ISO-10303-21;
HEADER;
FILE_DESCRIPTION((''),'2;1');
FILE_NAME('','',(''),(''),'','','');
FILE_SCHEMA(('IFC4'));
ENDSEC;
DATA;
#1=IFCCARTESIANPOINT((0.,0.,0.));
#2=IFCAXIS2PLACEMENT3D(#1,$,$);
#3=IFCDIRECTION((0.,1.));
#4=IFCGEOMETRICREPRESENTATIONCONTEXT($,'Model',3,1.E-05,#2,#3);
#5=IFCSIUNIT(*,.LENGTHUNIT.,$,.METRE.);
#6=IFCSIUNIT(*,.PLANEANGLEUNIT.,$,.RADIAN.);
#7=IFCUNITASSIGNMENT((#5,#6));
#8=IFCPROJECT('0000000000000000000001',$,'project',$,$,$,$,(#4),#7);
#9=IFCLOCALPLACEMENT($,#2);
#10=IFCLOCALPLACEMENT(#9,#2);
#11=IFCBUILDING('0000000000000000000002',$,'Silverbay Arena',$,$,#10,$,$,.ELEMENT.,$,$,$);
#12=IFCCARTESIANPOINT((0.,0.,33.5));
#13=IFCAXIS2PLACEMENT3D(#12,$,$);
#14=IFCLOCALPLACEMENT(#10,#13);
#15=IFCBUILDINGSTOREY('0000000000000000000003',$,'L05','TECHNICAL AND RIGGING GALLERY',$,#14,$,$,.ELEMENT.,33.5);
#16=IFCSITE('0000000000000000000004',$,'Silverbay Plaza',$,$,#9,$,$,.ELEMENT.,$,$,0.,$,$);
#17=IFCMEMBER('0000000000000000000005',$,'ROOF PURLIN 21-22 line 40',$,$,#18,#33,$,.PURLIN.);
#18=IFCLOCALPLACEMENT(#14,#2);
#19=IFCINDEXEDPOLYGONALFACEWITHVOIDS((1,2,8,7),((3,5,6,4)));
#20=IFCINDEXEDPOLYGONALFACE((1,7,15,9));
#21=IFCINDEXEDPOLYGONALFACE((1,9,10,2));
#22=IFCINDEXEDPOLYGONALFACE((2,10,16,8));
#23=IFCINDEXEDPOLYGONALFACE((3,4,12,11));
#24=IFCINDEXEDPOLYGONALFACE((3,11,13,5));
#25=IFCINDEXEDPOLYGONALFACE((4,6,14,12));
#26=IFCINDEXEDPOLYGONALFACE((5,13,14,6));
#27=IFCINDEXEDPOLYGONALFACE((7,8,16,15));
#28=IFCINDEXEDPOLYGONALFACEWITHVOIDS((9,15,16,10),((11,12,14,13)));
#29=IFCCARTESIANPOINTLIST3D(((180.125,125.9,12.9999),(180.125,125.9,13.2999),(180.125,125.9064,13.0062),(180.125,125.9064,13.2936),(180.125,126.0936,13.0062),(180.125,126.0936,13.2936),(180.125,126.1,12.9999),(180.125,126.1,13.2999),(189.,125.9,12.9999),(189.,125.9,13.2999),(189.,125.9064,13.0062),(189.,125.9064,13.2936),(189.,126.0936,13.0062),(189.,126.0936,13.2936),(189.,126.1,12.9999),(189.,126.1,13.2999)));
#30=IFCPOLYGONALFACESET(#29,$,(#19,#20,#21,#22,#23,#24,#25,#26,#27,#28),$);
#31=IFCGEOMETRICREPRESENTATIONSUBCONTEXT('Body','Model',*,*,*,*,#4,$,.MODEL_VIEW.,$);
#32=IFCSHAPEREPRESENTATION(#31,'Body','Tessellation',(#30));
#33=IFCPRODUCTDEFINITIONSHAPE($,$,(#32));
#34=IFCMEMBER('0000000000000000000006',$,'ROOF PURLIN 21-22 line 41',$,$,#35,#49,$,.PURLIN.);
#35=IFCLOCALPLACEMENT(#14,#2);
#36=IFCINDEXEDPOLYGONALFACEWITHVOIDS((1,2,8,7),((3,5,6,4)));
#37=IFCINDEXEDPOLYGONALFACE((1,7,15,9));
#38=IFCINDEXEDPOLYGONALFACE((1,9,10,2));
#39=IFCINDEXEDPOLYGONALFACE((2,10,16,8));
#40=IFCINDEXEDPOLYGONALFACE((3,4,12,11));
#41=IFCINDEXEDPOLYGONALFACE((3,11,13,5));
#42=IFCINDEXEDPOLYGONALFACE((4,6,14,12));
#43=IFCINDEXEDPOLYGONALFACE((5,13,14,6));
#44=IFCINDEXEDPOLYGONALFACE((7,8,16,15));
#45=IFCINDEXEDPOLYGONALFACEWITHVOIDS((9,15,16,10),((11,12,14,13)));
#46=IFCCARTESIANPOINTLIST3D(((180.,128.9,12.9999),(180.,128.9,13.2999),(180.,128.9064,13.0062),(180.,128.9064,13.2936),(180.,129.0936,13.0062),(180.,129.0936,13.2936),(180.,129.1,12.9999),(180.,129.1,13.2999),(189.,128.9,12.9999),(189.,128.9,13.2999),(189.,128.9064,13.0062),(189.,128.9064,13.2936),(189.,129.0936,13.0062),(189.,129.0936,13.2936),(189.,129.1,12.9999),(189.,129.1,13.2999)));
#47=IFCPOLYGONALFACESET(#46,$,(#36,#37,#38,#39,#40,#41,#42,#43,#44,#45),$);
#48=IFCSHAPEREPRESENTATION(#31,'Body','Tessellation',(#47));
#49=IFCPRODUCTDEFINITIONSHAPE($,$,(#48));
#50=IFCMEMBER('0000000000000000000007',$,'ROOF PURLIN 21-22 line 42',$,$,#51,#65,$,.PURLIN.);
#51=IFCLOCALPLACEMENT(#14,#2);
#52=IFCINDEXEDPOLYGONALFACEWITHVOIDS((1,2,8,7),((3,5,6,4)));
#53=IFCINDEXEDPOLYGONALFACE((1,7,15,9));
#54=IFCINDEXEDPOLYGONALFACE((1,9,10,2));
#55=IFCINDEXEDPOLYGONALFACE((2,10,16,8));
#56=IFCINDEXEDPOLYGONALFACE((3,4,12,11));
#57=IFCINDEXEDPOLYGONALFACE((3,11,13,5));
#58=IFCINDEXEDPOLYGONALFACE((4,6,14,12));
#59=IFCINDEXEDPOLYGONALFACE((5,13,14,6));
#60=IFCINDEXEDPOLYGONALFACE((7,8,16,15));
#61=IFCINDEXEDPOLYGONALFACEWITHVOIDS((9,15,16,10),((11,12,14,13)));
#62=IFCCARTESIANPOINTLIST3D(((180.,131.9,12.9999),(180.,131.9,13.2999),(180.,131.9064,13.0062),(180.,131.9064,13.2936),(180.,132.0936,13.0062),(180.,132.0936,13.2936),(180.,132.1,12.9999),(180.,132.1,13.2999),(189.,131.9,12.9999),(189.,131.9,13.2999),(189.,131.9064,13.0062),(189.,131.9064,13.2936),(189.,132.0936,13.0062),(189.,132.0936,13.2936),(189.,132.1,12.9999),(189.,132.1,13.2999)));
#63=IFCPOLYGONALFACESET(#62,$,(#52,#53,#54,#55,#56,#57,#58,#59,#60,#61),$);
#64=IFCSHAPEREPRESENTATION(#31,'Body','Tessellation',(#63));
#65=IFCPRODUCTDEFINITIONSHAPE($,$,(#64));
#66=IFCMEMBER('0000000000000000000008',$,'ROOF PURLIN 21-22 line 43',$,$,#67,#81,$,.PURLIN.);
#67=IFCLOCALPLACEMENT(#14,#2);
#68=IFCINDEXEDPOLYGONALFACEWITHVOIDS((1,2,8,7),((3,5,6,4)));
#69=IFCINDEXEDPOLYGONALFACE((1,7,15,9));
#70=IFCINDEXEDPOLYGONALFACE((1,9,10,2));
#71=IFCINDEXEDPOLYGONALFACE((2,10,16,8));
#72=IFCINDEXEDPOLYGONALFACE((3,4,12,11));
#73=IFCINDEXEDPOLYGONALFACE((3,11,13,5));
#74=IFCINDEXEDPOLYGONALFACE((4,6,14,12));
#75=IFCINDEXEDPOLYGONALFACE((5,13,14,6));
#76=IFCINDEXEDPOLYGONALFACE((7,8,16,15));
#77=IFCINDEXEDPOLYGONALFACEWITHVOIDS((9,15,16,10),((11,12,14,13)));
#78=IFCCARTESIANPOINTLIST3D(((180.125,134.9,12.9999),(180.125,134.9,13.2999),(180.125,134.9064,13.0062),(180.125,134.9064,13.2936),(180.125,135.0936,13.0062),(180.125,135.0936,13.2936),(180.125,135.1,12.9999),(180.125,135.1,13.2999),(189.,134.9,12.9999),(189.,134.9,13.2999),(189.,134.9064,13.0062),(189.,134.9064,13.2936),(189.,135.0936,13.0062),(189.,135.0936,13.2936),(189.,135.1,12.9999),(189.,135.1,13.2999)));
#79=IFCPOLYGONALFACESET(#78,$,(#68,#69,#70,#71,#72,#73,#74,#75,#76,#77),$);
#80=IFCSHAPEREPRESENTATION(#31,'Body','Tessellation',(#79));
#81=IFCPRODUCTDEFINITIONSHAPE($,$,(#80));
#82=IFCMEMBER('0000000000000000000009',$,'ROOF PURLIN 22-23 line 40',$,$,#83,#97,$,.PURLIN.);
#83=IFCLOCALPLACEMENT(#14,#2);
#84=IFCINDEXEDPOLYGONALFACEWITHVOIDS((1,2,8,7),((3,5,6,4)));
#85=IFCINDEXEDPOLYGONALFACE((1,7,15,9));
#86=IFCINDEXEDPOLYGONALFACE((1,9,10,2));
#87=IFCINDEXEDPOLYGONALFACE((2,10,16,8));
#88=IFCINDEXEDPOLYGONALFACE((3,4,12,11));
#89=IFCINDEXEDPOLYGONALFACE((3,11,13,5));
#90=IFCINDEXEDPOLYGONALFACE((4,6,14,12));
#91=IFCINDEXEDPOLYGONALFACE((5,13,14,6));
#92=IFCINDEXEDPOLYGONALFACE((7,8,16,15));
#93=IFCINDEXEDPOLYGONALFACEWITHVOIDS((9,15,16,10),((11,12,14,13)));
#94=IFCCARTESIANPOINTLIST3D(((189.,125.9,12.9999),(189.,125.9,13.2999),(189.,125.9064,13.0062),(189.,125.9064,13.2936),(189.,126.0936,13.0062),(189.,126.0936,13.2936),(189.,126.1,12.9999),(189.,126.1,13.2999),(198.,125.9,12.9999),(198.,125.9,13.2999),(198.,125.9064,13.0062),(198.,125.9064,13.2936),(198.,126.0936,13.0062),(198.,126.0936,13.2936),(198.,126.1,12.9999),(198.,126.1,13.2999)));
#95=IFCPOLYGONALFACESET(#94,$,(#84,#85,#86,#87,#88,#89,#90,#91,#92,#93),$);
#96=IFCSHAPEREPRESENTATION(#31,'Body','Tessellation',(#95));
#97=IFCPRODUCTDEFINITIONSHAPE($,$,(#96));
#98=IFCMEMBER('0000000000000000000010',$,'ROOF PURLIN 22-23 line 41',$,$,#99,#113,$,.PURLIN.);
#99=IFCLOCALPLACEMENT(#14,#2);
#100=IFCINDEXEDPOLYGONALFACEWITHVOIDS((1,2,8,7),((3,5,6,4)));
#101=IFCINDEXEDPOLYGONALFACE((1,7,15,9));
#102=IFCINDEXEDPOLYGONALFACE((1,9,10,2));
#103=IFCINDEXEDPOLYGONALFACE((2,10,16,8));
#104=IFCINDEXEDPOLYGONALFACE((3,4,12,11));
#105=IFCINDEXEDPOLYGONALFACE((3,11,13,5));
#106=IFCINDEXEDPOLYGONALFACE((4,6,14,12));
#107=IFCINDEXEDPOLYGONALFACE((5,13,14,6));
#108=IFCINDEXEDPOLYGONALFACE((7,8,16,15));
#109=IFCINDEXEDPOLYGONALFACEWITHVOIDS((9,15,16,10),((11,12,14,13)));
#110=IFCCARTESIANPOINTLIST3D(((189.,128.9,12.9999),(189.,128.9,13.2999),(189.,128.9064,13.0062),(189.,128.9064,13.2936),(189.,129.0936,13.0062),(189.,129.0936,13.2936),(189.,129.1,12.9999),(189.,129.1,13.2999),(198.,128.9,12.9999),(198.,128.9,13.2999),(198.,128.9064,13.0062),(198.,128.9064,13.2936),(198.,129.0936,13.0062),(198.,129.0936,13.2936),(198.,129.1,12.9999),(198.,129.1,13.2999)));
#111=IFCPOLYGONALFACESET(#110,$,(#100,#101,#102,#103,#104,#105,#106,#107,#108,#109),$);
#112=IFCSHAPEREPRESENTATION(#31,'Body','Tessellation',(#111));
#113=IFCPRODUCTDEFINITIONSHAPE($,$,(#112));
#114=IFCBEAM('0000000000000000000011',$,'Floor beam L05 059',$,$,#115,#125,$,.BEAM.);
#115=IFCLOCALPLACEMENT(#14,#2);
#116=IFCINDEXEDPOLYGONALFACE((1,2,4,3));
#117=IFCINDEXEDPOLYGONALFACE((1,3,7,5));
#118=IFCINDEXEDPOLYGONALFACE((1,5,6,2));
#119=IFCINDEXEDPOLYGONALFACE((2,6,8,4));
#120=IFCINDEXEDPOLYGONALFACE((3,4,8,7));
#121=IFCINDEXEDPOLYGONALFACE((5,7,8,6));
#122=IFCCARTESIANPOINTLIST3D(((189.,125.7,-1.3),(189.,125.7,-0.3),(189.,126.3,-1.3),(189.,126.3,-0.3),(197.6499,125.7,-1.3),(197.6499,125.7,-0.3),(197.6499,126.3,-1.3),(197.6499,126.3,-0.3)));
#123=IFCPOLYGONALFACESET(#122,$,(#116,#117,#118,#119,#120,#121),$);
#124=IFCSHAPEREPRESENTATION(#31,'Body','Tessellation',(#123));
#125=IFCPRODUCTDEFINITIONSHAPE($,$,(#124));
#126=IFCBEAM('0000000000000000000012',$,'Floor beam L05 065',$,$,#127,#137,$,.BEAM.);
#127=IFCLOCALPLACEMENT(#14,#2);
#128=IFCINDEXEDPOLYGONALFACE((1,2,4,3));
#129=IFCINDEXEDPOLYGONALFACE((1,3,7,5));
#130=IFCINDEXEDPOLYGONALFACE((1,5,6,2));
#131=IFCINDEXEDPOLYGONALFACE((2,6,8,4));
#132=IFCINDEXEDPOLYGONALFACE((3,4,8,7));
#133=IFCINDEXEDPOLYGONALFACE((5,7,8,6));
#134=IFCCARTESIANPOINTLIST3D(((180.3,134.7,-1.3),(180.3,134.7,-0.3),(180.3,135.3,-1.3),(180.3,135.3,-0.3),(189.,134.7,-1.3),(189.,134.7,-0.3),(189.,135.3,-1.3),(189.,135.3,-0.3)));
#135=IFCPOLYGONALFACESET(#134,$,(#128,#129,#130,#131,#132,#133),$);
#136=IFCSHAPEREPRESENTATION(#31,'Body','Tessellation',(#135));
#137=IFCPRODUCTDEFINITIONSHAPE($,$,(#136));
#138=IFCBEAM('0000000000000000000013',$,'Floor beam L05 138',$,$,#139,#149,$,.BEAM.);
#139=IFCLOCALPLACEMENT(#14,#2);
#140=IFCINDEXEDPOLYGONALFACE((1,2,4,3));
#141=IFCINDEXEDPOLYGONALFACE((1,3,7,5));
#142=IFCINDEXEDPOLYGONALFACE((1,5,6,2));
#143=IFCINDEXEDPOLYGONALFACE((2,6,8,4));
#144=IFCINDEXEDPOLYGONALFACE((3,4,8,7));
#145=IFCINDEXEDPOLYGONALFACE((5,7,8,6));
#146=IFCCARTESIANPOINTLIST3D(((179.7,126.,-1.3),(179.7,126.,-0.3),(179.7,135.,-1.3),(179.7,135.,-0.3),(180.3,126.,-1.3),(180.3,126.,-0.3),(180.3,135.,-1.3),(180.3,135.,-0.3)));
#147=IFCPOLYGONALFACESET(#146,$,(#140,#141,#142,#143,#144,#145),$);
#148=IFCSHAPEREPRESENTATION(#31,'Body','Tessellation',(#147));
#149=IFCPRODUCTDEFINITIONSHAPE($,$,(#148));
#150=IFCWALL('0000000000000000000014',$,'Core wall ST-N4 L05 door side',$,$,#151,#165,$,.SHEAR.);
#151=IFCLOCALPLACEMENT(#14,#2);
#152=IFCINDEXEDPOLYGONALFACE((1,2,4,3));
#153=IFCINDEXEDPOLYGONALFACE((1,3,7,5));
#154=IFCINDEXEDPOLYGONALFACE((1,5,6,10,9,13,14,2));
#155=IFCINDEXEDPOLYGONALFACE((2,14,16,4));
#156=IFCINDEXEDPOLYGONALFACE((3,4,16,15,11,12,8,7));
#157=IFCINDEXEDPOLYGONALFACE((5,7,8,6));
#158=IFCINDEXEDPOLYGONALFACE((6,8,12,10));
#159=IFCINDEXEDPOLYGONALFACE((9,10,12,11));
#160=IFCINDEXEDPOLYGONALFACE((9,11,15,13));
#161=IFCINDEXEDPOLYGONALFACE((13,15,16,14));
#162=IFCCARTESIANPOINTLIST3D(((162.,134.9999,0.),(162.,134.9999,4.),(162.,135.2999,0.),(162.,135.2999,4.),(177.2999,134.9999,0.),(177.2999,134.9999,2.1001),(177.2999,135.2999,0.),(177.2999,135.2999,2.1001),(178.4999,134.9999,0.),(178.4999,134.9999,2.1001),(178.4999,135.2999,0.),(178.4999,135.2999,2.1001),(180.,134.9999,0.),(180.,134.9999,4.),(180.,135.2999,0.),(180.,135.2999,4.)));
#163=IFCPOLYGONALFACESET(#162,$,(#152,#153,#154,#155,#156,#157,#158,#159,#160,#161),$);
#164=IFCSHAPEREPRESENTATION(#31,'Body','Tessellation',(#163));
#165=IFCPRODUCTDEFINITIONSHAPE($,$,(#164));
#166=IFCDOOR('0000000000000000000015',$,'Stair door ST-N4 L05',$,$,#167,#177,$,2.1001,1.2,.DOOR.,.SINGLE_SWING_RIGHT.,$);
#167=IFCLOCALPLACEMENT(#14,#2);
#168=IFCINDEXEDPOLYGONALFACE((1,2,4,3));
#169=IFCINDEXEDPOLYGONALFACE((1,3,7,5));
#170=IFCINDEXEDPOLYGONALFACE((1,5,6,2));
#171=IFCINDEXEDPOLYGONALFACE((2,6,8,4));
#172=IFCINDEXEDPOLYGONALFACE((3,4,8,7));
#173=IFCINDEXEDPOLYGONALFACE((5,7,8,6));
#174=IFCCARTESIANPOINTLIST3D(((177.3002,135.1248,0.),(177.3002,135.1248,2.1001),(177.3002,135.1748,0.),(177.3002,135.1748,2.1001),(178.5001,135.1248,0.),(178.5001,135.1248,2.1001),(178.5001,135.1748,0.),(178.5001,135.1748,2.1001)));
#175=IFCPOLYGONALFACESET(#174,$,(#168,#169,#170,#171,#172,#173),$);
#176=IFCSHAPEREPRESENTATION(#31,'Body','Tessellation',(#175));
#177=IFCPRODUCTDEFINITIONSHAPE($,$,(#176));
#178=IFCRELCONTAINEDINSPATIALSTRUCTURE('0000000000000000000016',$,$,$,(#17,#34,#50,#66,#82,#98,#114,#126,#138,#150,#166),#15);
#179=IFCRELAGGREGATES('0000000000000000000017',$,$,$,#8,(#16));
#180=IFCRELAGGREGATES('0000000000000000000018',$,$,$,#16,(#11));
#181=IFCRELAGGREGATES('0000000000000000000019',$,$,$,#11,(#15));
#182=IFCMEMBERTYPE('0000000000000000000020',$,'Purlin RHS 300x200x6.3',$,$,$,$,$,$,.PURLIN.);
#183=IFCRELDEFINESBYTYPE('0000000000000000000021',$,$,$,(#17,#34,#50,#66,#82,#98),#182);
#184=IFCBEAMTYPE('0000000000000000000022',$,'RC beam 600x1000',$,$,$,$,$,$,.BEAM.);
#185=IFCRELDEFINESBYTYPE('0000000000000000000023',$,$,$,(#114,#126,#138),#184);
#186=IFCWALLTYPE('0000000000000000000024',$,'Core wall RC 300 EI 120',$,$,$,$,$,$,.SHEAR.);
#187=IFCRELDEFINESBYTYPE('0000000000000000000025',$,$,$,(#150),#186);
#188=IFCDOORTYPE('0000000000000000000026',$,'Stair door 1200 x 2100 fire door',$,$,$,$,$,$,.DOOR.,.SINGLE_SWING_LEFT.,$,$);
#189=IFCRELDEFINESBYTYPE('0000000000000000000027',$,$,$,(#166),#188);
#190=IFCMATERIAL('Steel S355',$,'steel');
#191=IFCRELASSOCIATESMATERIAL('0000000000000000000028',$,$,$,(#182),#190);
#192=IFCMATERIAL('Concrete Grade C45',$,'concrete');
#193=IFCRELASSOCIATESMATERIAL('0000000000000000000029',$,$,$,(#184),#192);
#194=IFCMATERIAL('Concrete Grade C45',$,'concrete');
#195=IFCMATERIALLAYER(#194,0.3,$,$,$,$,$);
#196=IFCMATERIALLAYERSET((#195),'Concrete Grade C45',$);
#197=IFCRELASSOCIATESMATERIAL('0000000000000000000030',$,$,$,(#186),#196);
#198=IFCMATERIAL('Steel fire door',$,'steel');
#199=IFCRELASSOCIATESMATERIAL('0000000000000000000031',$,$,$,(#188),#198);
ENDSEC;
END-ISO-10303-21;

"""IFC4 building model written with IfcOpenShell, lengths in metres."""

from ifc_helpers import new_model, si_unit, direction, frame, frame_2d, origin, origin_2d, place, context, subcontext, project, spatial, rectangle, hollow_rectangle, extrude, material, layer, layer_set, material_profile, profile_set, type_object, element, fill, save


model = new_model("IFC4")

# Units and contexts
model_context = context("Model", 3, precision=1e-05, world=origin(), true_north=direction((0.0, 1.0)))
body_context = subcontext(model_context, "Body", "Model", "MODEL_VIEW")
ifc_project = project(units=[si_unit("LENGTHUNIT", "METRE"), si_unit("PLANEANGLEUNIT", "RADIAN")], contexts=[model_context])

# Site, building, storey
site_placement = place(None, origin())
site = spatial("IfcSite", under=ifc_project, at=site_placement, Name="Silverbay Plaza", CompositionType="ELEMENT", RefElevation=0.0)
building_placement = place(site_placement, origin())
building = spatial("IfcBuilding", under=site, at=building_placement, Name="Silverbay Arena", CompositionType="ELEMENT")
storey_placement = place(building_placement, frame((0.0, 0.0, 33.5)))
storey = spatial("IfcBuildingStorey", under=building, at=storey_placement, Name="L05", Description="TECHNICAL AND RIGGING GALLERY", CompositionType="ELEMENT", Elevation=33.5)

# Members
ifc_material_1 = material(Name="Steel S355", Category="steel")
ifc_material_profile_1 = material_profile(ifc_material_1, hollow_rectangle(XDim=0.2, YDim=0.3, WallThickness=0.0063, at=origin_2d()), Name="RHS 300x200x6.3")
ifc_profile_set_1 = profile_set([ifc_material_profile_1], Name="Steel S355")
member_type_1 = type_object("IfcMemberType", Name="Purlin RHS 300x200x6.3", PredefinedType="PURLIN", material=ifc_profile_set_1)
member_1_placement = place(storey_placement, frame((180.125, 126.0, 13.1499), z_axis=(1.0, 0.0, 0.0), x_axis=(0.0, 1.0, 0.0)))
element("IfcMember", 1, at=member_1_placement, inside=storey, type_object=member_type_1, Name="ROOF PURLIN 21-22 line 40", PredefinedType="PURLIN", context=body_context, shape_type="SweptSolid", body=[
    extrude(hollow_rectangle(XDim=0.2, YDim=0.3, WallThickness=0.0063, at=origin_2d()), origin(), (0.0, 0.0, 1.0), 8.875),
])
for number, where, z_axis, x_axis, name in (
    (2, (180.0, 129.0, 13.1499), (1.0, 0.0, 0.0), (0.0, 1.0, 0.0), "ROOF PURLIN 21-22 line 41"),
    (3, (180.0, 132.0, 13.1499), (1.0, 0.0, 0.0), (0.0, 1.0, 0.0), "ROOF PURLIN 21-22 line 42"),
):
    element("IfcMember", number, at=place(storey_placement, frame(where, z_axis=z_axis, x_axis=x_axis)), inside=storey, type_object=member_type_1, Name=name, PredefinedType="PURLIN", context=body_context, shape_type="SweptSolid", body=[
        extrude(hollow_rectangle(XDim=0.2, YDim=0.3, WallThickness=0.0063, at=origin_2d()), origin(), (0.0, 0.0, 1.0), 9.0),
    ])
member_2_placement = place(storey_placement, frame((180.125, 135.0, 13.1499), z_axis=(1.0, 0.0, 0.0), x_axis=(0.0, 1.0, 0.0)))
element("IfcMember", 4, at=member_2_placement, inside=storey, type_object=member_type_1, Name="ROOF PURLIN 21-22 line 43", PredefinedType="PURLIN", context=body_context, shape_type="SweptSolid", body=[
    extrude(hollow_rectangle(XDim=0.2, YDim=0.3, WallThickness=0.0063, at=origin_2d()), origin(), (0.0, 0.0, 1.0), 8.875),
])
for number, where, z_axis, x_axis, name in (
    (5, (189.0, 126.0, 13.1499), (1.0, 0.0, 0.0), (0.0, 1.0, 0.0), "ROOF PURLIN 22-23 line 40"),
    (6, (189.0, 129.0, 13.1499), (1.0, 0.0, 0.0), (0.0, 1.0, 0.0), "ROOF PURLIN 22-23 line 41"),
):
    element("IfcMember", number, at=place(storey_placement, frame(where, z_axis=z_axis, x_axis=x_axis)), inside=storey, type_object=member_type_1, Name=name, PredefinedType="PURLIN", context=body_context, shape_type="SweptSolid", body=[
        extrude(hollow_rectangle(XDim=0.2, YDim=0.3, WallThickness=0.0063, at=origin_2d()), origin(), (0.0, 0.0, 1.0), 9.0),
    ])

# Beams
ifc_material_2 = material(Name="Concrete Grade C45", Category="concrete")
ifc_material_profile_2 = material_profile(ifc_material_2, rectangle(XDim=0.6001, YDim=1.0, at=origin_2d()), Name="RC 600x1000")
ifc_profile_set_2 = profile_set([ifc_material_profile_2], Name="Concrete Grade C45")
beam_type = type_object("IfcBeamType", Name="RC beam 600x1000", PredefinedType="BEAM", material=ifc_profile_set_2)
beam_1_placement = place(storey_placement, frame((189.0, 126.0, -0.8), z_axis=(1.0, 0.0, 0.0), x_axis=(0.0, 1.0, 0.0)))
element("IfcBeam", 7, at=beam_1_placement, inside=storey, type_object=beam_type, Name="Floor beam L05 059", PredefinedType="BEAM", context=body_context, shape_type="SweptSolid", body=[
    extrude(rectangle(XDim=0.6001, YDim=1.0, at=origin_2d()), origin(), (0.0, 0.0, 1.0), 8.6499),
])
beam_2_placement = place(storey_placement, frame((180.3, 135.0, -0.8), z_axis=(1.0, 0.0, 0.0), x_axis=(0.0, 1.0, 0.0)))
element("IfcBeam", 8, at=beam_2_placement, inside=storey, type_object=beam_type, Name="Floor beam L05 065", PredefinedType="BEAM", context=body_context, shape_type="SweptSolid", body=[
    extrude(rectangle(XDim=0.6001, YDim=1.0, at=origin_2d()), origin(), (0.0, 0.0, 1.0), 8.7),
])
beam_3_placement = place(storey_placement, frame((180.0, 126.0, -0.8), z_axis=(0.0, 1.0, 0.0), x_axis=(-1.0, 0.0, 0.0)))
element("IfcBeam", 9, at=beam_3_placement, inside=storey, type_object=beam_type, Name="Floor beam L05 138", PredefinedType="BEAM", context=body_context, shape_type="SweptSolid", body=[
    extrude(rectangle(XDim=0.6001, YDim=1.0, at=origin_2d()), origin(), (0.0, 0.0, 1.0), 9.0),
])

# Wall, opening, door
ifc_material_3 = material(Name="Concrete Grade C45", Category="concrete")
ifc_layer_1 = layer(ifc_material_3, 0.3)
ifc_layer_set_1 = layer_set([ifc_layer_1], Name="Concrete Grade C45")
wall_type_1 = type_object("IfcWallType", Name="Core wall RC 300 EI 120", PredefinedType="SHEAR", material=ifc_layer_set_1)
wall_1_placement = place(storey_placement, frame((180.0, 135.1499, 0.0), z_axis=(0.0, 0.0, 1.0), x_axis=(-1.0, 0.0, 0.0)))
wall_1 = element("IfcWall", 10, at=wall_1_placement, inside=storey, type_object=wall_type_1, Name="Core wall ST-N4 L05 door side", PredefinedType="SHEAR", context=body_context, shape_type="SweptSolid", body=[
    extrude(rectangle(XDim=18.0, YDim=0.3, at=frame_2d((9.0, 0.0))), origin(), (0.0, 0.0, 1.0), 4.0),
])
opening_1_placement = place(wall_1_placement, frame((1.5, 0.0, 0.0)))
opening_1 = element("IfcOpeningElement", 11, at=opening_1_placement, cuts=wall_1, PredefinedType="OPENING", context=body_context, shape_type="SweptSolid", body=[
    extrude(rectangle(XDim=1.2, YDim=2.1001, at=frame_2d((0.6001, 1.05))), frame((0.0, 0.1602, 0.0), z_axis=(0.0, -1.0, 0.0), x_axis=(1.0, 0.0, 0.0)), (0.0, 0.0, 1.0), 0.3201),
])
ifc_material_4 = material(Name="Steel fire door", Category="steel")
door_type_1 = type_object("IfcDoorType", Name="Stair door 1200 x 2100 fire door", OperationType="SINGLE_SWING_LEFT", PredefinedType="DOOR", material=ifc_material_4)
door_1_placement = place(opening_1_placement, frame((1.2, 0.0, 0.0), z_axis=(0.0, 0.0, 1.0), x_axis=(-1.0, 0.0, 0.0)))
door_1 = element("IfcDoor", 12, at=door_1_placement, inside=storey, type_object=door_type_1, Name="Stair door ST-N4 L05", OperationType="SINGLE_SWING_RIGHT", OverallHeight=2.1001, OverallWidth=1.2, PredefinedType="DOOR", context=body_context, shape_type="SweptSolid", body=[
    extrude(rectangle(XDim=1.2, YDim=2.1001, at=frame_2d((0.6001, 1.05))), frame((0.0, 0.0249, 0.0), z_axis=(0.0, -1.0, 0.0), x_axis=(1.0, 0.0, 0.0)), (0.0, 0.0, 1.0), 0.05),
])
fill(opening_1, door_1)

save(model, "model.ifc")
